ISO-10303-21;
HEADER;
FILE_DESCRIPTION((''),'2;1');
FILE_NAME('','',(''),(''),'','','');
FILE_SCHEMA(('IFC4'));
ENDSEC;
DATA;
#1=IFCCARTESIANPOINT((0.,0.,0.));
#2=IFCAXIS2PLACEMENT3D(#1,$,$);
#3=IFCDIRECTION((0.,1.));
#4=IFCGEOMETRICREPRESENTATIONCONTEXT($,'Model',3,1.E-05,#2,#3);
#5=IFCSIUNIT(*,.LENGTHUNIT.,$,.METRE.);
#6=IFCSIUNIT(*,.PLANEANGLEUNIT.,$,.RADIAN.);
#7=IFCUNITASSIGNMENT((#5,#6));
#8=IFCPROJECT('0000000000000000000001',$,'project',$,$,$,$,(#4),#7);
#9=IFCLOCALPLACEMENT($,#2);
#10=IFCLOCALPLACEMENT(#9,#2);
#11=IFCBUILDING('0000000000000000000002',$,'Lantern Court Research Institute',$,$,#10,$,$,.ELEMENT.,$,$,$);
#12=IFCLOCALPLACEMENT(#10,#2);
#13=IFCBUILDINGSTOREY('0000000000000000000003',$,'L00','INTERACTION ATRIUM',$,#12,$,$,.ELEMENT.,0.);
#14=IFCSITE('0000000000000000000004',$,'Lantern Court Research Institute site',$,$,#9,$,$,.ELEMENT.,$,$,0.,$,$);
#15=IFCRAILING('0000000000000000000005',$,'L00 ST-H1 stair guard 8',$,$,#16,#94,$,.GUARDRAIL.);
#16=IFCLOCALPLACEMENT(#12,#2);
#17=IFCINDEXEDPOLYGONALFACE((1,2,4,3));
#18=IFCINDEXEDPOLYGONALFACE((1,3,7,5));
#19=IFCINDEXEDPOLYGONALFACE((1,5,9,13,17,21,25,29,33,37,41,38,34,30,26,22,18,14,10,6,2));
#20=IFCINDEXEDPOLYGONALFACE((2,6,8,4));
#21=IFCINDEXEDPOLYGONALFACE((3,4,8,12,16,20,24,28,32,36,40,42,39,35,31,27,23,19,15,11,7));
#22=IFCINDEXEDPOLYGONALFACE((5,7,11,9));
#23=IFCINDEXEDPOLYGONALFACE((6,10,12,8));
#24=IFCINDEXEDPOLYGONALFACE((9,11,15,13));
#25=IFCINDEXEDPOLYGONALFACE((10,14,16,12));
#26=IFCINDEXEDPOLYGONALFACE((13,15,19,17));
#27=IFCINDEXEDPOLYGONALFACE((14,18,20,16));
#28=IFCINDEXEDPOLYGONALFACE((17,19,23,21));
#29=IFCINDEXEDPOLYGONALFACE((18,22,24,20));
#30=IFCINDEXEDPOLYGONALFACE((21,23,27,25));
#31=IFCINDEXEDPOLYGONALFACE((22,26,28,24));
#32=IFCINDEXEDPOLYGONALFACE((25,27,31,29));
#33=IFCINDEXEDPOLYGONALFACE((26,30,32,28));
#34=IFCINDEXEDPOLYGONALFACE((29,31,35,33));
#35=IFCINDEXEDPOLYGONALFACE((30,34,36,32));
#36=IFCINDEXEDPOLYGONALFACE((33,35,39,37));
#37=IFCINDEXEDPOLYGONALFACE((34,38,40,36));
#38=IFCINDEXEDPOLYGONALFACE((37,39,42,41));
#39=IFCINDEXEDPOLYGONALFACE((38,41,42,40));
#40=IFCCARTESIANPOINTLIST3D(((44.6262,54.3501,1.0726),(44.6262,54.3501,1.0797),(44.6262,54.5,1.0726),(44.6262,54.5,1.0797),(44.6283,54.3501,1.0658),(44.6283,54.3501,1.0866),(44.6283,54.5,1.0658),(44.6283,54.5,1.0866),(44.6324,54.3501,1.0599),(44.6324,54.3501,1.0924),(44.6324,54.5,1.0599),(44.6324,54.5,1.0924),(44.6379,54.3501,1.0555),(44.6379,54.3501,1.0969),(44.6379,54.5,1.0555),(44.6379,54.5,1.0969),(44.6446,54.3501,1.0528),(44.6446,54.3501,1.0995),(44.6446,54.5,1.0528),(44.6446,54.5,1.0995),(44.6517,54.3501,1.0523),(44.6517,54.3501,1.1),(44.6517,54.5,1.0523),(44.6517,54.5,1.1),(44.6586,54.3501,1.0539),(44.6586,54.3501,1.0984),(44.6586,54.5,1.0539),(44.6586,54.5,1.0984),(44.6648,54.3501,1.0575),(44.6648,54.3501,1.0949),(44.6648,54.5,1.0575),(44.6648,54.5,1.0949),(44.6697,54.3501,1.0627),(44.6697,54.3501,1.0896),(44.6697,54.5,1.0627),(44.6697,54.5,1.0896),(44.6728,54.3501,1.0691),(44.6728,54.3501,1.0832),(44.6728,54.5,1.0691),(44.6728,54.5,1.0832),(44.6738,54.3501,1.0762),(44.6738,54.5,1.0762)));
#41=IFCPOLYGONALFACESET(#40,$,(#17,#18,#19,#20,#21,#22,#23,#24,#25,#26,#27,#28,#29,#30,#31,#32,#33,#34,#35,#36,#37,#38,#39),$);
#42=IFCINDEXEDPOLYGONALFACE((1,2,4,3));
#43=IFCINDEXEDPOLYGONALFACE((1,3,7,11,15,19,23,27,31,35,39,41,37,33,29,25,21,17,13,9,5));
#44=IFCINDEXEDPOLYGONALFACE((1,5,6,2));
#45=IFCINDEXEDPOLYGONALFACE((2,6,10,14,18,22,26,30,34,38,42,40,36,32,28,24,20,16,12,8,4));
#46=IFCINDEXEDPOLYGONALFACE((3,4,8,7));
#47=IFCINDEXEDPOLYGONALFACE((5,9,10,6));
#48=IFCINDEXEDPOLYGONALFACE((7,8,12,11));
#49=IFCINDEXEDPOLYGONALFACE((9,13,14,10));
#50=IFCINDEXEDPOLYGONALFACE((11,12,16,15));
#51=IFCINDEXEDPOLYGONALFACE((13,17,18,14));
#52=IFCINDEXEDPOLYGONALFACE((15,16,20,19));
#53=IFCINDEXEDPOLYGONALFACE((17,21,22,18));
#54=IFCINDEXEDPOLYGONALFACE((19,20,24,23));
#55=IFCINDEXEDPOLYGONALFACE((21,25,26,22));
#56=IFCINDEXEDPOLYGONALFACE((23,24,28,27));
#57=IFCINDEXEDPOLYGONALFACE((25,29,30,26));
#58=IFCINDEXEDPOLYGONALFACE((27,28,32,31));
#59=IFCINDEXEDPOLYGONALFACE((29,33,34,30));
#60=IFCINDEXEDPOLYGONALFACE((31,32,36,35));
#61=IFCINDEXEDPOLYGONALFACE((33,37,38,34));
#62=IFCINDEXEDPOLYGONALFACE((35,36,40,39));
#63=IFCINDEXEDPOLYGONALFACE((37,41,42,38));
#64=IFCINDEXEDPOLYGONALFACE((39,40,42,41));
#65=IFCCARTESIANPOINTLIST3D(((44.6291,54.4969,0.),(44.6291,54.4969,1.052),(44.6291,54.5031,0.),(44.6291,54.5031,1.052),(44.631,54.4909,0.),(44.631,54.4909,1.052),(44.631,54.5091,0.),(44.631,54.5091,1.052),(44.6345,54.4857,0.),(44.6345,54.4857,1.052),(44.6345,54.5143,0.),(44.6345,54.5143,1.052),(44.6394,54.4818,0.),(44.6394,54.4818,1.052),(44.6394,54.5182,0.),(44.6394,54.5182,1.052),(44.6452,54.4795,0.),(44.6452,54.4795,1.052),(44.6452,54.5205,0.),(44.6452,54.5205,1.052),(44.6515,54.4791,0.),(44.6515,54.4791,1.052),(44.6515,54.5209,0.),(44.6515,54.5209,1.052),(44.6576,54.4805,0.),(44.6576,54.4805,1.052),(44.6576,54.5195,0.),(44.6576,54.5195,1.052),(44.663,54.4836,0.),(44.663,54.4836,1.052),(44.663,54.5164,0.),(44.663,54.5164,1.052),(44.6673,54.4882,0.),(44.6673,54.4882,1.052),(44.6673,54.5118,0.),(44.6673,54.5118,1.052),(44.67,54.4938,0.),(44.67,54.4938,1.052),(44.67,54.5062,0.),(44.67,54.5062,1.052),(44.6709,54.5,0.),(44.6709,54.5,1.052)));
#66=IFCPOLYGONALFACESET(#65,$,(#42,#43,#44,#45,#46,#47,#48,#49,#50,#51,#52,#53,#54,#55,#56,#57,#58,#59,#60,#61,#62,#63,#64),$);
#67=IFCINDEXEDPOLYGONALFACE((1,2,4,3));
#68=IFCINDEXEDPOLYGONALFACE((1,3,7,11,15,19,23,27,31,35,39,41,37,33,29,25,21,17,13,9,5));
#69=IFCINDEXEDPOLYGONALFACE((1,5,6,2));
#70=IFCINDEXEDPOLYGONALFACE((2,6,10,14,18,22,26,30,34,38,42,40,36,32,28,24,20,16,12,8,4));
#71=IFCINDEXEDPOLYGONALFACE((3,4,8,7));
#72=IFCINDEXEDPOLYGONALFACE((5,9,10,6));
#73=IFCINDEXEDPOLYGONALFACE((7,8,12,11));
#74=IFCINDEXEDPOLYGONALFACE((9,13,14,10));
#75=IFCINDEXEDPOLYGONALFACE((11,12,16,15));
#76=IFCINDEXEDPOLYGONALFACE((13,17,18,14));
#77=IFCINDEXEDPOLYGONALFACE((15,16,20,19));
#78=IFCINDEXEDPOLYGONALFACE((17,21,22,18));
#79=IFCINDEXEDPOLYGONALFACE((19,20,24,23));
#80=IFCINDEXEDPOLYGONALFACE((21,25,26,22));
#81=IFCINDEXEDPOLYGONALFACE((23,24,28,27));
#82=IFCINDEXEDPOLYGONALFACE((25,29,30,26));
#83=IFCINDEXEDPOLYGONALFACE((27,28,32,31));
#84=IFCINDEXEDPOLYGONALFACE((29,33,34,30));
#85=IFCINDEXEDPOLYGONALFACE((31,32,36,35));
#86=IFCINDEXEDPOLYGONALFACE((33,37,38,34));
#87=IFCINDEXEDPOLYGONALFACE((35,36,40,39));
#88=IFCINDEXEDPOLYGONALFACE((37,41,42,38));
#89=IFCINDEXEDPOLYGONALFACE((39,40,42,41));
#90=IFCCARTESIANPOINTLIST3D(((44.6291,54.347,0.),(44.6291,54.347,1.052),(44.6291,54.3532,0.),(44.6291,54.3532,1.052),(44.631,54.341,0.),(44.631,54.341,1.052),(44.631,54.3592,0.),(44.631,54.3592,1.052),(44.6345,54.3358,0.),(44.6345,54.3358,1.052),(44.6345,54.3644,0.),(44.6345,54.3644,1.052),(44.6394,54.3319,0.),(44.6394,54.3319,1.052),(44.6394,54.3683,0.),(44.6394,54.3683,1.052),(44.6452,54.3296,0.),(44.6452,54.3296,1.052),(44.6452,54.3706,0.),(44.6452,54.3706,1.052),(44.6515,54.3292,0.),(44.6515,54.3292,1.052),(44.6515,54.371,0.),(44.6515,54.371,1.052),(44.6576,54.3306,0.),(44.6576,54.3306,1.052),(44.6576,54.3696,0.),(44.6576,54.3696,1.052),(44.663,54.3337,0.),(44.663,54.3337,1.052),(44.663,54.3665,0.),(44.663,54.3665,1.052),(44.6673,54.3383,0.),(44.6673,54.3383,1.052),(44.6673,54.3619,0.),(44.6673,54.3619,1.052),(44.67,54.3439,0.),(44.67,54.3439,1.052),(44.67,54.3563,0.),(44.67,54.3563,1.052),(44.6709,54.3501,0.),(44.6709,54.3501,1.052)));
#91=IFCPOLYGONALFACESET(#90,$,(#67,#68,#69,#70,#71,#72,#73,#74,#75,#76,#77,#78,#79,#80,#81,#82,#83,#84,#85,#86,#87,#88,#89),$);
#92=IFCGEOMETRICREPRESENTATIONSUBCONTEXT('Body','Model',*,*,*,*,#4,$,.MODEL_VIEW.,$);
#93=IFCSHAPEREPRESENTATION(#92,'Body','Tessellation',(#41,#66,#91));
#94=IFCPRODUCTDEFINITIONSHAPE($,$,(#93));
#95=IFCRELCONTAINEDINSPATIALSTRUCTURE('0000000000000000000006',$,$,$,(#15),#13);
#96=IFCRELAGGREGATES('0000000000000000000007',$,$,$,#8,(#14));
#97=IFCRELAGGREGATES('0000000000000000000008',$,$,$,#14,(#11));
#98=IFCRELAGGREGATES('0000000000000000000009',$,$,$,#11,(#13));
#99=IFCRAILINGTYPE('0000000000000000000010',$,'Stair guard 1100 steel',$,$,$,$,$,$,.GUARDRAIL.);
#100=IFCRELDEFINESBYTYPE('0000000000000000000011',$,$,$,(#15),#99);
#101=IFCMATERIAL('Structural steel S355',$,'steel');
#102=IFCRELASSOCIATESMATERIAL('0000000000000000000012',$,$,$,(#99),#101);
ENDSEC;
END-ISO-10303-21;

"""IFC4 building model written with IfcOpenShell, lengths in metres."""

from ifc_helpers import new_model, si_unit, direction, frame, origin, origin_2d, place, context, subcontext, project, spatial, circle, extrude, material, type_object, element, save


model = new_model("IFC4")

# Units and contexts
model_context = context("Model", 3, precision=1e-05, world=origin(), true_north=direction((0.0, 1.0)))
body_context = subcontext(model_context, "Body", "Model", "MODEL_VIEW")
ifc_project = project(units=[si_unit("LENGTHUNIT", "METRE"), si_unit("PLANEANGLEUNIT", "RADIAN")], contexts=[model_context])

# Site, building, storey
site_placement = place(None, origin())
site = spatial("IfcSite", under=ifc_project, at=site_placement, Name="Lantern Court Research Institute site", CompositionType="ELEMENT", RefElevation=0.0)
building_placement = place(site_placement, origin())
building = spatial("IfcBuilding", under=site, at=building_placement, Name="Lantern Court Research Institute", CompositionType="ELEMENT")
storey_placement = place(building_placement, origin())
storey = spatial("IfcBuildingStorey", under=building, at=storey_placement, Name="L00", Description="INTERACTION ATRIUM", CompositionType="ELEMENT", Elevation=0.0)

# Railing
ifc_material_1 = material(Name="Structural steel S355", Category="steel")
railing_type_1 = type_object("IfcRailingType", Name="Stair guard 1100 steel", PredefinedType="GUARDRAIL", material=ifc_material_1)
railing_1_placement = place(storey_placement, frame((44.6499, 54.5, 0.0)))
element("IfcRailing", 1, at=railing_1_placement, inside=storey, type_object=railing_type_1, Name="L00 ST-H1 stair guard 8", PredefinedType="GUARDRAIL", context=body_context, shape_type="SweptSolid", body=[
    extrude(circle(Radius=0.0239, at=origin_2d()), frame((0.0, 0.0, 1.0762), z_axis=(0.0, -1.0, 0.0), x_axis=(1.0, 0.0, 0.0)), (0.0, 0.0, 1.0), 0.1499),
    extrude(circle(Radius=0.021, at=origin_2d()), origin(), (0.0, 0.0, 1.0), 1.052),
    extrude(circle(Radius=0.021, at=origin_2d()), frame((0.0, -0.1499, 0.0)), (0.0, 0.0, 1.0), 1.052),
])

save(model, "model.ifc")
